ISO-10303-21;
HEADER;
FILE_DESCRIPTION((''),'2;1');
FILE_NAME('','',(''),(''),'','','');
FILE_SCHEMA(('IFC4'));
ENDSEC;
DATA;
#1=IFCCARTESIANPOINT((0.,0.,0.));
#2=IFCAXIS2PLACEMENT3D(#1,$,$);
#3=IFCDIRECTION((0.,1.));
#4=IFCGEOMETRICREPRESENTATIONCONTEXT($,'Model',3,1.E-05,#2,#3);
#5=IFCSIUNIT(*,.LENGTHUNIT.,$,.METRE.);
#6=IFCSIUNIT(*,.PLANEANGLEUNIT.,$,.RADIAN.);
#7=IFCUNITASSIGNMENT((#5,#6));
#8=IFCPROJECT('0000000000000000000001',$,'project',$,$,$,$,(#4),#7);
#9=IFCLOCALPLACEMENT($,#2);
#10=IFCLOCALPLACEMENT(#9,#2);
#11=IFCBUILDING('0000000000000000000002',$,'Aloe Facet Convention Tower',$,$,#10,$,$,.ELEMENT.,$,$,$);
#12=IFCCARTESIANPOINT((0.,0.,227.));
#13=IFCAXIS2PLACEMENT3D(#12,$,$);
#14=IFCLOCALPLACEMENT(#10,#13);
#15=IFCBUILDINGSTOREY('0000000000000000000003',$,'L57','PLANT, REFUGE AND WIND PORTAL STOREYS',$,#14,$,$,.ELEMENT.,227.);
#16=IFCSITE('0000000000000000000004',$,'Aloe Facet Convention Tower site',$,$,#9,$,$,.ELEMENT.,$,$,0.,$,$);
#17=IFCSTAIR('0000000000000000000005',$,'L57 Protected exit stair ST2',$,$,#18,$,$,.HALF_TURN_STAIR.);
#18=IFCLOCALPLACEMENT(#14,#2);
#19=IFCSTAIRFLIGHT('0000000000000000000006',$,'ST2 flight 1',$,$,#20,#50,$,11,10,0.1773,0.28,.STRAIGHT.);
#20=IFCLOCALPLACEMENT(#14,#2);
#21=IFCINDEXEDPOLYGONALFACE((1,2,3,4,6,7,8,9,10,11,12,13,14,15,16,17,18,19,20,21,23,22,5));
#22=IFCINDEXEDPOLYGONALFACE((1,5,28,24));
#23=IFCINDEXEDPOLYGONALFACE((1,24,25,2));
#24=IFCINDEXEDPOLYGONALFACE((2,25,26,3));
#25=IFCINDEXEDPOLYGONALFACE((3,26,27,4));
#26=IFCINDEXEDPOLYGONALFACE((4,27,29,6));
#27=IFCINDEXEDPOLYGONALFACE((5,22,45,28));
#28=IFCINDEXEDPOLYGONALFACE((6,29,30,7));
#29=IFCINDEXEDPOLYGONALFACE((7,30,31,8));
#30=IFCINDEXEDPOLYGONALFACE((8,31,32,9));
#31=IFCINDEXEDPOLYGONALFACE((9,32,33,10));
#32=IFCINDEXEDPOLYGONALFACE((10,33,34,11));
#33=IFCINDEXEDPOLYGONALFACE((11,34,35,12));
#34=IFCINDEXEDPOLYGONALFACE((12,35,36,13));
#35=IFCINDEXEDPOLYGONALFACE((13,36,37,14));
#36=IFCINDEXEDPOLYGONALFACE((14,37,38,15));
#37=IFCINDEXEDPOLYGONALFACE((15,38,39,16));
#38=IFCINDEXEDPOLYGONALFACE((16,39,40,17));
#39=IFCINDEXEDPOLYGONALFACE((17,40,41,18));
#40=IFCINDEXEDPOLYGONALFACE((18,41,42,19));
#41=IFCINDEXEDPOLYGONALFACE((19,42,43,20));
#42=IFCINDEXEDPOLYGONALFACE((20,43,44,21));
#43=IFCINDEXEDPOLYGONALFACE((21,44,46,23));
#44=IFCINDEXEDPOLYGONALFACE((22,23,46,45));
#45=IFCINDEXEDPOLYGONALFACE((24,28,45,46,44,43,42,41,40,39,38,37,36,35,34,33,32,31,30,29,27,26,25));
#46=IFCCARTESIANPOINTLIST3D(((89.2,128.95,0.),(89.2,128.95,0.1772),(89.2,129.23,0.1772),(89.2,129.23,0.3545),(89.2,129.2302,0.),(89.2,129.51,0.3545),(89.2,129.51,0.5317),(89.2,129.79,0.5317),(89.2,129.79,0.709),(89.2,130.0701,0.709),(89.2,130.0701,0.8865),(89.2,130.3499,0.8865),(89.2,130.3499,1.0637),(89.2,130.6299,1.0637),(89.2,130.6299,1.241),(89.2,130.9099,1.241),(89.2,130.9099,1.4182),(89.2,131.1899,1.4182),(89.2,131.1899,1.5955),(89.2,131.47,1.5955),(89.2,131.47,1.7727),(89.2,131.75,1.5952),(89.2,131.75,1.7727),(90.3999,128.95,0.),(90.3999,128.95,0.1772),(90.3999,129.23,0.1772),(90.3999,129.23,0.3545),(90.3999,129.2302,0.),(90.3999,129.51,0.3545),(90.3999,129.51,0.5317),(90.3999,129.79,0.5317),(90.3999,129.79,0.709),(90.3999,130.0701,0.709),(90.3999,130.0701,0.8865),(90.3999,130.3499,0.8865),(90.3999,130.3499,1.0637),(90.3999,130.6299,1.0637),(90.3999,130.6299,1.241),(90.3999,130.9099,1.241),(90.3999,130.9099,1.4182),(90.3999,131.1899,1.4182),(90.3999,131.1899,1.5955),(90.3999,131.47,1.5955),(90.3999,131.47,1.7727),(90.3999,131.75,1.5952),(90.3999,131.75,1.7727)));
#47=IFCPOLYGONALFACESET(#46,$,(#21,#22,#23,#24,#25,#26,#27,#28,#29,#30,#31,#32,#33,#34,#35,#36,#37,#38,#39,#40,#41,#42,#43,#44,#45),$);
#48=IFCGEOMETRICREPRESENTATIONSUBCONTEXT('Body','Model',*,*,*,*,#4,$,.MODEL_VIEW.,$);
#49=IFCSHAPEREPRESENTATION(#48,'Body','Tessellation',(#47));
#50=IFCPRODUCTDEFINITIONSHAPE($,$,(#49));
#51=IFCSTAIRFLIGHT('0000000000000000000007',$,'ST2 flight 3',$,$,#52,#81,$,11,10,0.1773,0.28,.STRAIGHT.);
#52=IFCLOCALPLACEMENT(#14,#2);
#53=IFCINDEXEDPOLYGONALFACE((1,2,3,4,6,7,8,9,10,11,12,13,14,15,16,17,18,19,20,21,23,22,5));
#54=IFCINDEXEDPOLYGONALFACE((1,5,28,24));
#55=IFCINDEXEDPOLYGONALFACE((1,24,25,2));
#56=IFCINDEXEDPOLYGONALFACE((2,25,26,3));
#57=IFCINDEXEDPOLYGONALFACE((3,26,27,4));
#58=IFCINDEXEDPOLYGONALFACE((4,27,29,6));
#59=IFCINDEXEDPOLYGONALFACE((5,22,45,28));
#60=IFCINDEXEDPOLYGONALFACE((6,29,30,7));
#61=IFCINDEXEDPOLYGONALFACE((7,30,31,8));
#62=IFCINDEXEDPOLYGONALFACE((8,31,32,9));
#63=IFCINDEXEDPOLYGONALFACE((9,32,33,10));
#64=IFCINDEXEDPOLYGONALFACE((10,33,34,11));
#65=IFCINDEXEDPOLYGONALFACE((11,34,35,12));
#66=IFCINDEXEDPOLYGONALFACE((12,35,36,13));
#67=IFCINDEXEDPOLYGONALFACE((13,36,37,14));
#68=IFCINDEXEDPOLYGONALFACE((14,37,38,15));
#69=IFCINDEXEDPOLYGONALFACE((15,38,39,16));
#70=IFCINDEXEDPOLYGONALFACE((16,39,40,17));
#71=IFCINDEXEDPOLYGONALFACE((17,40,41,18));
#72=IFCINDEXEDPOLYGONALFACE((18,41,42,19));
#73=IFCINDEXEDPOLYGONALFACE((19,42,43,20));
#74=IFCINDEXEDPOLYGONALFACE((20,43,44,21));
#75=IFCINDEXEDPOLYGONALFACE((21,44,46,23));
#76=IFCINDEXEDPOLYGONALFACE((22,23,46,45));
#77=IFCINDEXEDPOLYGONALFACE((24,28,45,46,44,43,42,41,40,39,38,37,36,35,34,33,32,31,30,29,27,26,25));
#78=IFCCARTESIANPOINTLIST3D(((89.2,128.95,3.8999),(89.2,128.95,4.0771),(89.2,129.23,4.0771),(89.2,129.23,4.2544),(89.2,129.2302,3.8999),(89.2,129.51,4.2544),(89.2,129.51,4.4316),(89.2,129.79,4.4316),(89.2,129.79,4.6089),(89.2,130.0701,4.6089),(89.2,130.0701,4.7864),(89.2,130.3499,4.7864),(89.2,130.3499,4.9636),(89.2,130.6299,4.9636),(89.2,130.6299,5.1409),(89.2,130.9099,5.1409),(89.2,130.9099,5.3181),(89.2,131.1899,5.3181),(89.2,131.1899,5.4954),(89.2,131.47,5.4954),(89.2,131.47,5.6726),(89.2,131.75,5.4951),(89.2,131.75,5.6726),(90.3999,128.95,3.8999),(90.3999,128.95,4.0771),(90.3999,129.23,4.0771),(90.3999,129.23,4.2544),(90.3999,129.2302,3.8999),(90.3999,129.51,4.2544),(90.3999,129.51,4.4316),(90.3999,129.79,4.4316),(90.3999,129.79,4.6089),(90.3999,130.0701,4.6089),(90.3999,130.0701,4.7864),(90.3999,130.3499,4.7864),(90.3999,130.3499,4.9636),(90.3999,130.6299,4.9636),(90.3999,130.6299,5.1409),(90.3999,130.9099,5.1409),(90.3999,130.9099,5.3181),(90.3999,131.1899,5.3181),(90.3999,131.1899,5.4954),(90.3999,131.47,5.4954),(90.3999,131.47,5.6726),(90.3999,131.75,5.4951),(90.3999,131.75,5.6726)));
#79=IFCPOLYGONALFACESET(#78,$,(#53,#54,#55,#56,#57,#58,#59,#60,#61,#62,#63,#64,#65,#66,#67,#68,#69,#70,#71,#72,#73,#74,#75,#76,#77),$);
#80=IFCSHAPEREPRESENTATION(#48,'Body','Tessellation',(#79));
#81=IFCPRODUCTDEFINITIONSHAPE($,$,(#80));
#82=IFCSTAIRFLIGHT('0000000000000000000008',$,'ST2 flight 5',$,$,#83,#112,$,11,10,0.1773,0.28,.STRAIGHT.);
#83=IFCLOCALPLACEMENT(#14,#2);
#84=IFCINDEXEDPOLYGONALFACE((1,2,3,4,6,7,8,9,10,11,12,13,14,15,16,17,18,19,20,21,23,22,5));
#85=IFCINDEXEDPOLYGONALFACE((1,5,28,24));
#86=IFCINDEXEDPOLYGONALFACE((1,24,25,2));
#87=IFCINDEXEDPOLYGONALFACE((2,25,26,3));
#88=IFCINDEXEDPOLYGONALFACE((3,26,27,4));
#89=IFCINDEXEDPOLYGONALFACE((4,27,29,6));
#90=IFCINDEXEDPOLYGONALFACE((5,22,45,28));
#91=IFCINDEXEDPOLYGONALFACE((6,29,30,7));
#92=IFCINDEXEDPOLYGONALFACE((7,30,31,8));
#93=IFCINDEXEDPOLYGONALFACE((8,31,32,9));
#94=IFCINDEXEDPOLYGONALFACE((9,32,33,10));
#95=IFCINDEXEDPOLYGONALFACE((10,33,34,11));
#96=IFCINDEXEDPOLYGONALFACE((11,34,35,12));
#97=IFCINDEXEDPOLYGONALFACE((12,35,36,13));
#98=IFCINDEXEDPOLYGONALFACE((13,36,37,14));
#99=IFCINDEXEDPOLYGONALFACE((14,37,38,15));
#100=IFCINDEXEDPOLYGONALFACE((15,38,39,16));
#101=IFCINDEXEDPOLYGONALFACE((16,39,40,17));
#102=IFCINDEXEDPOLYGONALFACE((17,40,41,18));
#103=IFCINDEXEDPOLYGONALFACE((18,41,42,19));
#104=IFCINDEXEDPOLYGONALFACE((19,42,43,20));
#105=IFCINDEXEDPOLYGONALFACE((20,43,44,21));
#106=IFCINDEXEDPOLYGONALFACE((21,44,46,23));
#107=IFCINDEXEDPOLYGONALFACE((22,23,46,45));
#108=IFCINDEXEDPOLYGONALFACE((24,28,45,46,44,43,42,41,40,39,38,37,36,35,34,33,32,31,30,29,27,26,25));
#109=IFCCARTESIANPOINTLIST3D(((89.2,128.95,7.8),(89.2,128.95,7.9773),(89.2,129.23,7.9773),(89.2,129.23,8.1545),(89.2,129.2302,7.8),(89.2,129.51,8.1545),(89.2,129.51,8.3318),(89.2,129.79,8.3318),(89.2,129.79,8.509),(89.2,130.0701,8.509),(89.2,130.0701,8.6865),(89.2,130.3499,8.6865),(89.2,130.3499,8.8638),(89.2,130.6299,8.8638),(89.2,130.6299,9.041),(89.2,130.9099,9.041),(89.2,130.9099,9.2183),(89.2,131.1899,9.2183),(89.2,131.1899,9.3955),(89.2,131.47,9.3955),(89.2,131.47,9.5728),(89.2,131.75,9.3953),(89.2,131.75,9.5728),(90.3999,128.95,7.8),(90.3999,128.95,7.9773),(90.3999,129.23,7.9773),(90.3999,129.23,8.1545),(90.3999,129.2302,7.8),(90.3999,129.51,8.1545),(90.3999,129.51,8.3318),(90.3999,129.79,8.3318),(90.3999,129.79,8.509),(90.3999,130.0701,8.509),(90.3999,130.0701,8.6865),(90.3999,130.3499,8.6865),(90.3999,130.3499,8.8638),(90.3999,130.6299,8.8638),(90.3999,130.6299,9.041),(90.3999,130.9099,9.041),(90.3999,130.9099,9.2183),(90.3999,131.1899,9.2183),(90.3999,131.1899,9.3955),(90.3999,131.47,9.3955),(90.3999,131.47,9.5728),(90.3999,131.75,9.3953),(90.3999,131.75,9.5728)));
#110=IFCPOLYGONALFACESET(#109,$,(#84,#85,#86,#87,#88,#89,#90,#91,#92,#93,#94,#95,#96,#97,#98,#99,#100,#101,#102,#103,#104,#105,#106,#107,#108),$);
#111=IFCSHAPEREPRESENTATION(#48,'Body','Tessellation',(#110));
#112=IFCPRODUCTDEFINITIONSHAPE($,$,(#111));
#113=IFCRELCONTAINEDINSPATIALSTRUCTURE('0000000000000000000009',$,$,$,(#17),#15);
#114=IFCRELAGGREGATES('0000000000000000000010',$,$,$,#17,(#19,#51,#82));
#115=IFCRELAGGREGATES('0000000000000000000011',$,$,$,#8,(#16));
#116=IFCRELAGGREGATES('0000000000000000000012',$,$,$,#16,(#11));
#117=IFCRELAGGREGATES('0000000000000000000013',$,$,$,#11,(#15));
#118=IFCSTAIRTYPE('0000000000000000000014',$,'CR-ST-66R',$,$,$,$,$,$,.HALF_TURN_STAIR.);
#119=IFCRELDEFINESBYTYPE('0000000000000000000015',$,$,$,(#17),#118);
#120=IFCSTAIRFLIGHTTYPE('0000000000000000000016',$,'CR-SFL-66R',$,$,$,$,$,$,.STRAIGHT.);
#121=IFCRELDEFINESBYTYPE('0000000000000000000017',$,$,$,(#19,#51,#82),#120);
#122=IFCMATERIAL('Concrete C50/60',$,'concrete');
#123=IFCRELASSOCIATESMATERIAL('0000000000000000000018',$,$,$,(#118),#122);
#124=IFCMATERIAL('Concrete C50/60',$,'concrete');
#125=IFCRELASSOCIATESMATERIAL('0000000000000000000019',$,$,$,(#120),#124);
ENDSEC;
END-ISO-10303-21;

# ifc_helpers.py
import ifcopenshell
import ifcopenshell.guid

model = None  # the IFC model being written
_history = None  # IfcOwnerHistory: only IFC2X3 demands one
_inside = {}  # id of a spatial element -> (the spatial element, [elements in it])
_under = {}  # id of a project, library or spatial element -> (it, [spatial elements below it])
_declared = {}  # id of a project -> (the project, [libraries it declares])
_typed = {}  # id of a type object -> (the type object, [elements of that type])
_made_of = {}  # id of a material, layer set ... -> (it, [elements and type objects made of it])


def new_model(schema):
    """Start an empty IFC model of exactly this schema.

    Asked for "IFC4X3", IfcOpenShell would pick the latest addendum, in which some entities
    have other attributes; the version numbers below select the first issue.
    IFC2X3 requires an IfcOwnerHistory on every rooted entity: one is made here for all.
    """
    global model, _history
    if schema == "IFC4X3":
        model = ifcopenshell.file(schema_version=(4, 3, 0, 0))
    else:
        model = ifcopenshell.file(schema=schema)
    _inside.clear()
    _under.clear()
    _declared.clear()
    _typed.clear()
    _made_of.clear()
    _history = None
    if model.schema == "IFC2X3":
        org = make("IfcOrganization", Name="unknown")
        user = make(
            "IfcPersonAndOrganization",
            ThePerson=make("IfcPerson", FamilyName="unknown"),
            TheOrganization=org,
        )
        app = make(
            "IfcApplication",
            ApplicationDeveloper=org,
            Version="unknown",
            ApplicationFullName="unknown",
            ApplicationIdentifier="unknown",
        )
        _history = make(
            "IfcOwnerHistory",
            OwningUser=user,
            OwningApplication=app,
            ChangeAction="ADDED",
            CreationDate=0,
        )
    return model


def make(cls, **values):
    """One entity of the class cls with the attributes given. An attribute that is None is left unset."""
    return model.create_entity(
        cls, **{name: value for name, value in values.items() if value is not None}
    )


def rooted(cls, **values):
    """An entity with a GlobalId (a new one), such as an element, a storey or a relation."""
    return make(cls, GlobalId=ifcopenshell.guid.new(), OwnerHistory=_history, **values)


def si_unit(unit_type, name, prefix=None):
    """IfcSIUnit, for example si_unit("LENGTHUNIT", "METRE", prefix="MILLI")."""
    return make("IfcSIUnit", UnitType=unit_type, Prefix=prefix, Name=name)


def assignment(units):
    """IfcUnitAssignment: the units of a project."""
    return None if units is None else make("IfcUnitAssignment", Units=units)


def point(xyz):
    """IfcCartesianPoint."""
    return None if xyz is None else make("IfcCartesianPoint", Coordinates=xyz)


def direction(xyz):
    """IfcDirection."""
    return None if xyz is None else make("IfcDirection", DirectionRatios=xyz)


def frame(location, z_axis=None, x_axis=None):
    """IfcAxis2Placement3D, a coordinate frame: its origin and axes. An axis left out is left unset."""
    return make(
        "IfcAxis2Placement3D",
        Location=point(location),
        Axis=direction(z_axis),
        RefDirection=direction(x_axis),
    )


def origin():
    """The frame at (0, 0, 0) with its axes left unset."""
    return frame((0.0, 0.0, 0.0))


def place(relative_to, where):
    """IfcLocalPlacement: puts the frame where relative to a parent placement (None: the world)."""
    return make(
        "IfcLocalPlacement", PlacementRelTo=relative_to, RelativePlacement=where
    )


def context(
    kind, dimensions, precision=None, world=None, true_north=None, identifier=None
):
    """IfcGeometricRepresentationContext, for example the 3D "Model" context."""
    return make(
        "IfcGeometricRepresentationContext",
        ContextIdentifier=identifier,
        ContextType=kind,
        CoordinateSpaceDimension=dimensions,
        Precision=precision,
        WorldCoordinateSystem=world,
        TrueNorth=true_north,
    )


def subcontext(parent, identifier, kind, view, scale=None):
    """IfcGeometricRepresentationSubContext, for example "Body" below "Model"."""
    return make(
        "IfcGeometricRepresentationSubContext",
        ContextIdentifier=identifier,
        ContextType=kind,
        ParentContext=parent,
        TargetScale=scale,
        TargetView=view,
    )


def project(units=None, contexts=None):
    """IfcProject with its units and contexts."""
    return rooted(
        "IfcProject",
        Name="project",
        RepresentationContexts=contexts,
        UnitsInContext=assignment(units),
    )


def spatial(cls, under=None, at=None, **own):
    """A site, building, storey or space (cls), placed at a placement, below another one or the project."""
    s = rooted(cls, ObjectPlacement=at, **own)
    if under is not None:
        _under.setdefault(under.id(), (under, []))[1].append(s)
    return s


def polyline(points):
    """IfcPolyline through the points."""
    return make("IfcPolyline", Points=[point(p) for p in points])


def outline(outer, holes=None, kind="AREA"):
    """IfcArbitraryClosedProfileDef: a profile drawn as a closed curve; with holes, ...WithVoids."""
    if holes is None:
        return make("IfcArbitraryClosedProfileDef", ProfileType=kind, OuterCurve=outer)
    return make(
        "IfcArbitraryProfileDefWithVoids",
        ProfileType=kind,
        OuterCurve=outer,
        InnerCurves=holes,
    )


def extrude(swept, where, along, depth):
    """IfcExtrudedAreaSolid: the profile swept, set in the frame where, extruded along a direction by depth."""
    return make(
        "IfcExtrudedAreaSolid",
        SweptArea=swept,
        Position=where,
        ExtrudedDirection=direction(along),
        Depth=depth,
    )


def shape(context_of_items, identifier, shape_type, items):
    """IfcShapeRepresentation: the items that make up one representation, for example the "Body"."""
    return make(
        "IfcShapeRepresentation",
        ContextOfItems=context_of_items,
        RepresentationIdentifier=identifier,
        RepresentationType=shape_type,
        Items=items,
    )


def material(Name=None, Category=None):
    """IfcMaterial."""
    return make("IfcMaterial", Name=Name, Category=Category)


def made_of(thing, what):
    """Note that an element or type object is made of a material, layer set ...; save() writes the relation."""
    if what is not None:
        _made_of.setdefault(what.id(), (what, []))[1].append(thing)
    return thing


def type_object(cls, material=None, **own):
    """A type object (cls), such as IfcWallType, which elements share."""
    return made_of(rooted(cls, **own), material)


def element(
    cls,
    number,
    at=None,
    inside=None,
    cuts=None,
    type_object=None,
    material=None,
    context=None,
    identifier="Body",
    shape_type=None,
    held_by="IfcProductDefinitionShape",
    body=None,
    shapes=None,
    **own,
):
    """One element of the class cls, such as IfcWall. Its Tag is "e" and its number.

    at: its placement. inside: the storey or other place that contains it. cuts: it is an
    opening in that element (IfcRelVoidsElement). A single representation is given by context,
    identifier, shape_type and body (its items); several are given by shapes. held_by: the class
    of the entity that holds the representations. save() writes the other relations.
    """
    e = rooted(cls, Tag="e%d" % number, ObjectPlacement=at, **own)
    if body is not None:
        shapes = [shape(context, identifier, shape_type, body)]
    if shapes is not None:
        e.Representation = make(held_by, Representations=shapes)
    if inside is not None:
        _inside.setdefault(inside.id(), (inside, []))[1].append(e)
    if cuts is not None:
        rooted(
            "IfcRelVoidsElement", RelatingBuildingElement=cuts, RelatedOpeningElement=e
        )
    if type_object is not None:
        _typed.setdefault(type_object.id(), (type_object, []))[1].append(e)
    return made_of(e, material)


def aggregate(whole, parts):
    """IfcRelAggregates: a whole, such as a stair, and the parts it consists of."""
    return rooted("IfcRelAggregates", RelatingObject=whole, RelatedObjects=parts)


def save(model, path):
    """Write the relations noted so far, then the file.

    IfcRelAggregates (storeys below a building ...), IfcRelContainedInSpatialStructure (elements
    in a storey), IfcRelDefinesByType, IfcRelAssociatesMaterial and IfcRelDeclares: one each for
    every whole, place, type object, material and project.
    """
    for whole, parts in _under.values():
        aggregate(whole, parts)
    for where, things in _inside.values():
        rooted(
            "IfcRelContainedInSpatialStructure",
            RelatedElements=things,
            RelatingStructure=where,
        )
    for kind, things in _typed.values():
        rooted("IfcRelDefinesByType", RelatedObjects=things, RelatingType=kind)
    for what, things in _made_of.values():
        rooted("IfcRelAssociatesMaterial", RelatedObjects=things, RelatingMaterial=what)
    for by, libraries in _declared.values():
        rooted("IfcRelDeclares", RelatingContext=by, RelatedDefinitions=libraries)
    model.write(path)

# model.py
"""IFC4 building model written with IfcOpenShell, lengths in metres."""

from ifc_helpers import new_model, si_unit, direction, frame, origin, place, context, subcontext, project, spatial, polyline, outline, extrude, material, type_object, element, aggregate, save


model = new_model("IFC4")

# Units and contexts
model_context = context("Model", 3, precision=1e-05, world=origin(), true_north=direction((0.0, 1.0)))
body_context = subcontext(model_context, "Body", "Model", "MODEL_VIEW")
ifc_project = project(units=[si_unit("LENGTHUNIT", "METRE"), si_unit("PLANEANGLEUNIT", "RADIAN")], contexts=[model_context])

# Site, building, storey
site_placement = place(None, origin())
site = spatial("IfcSite", under=ifc_project, at=site_placement, Name="Aloe Facet Convention Tower site", CompositionType="ELEMENT", RefElevation=0.0)
building_placement = place(site_placement, origin())
building = spatial("IfcBuilding", under=site, at=building_placement, Name="Aloe Facet Convention Tower", CompositionType="ELEMENT")
storey_placement = place(building_placement, frame((0.0, 0.0, 227.0)))
storey = spatial("IfcBuildingStorey", under=building, at=storey_placement, Name="L57", Description="PLANT, REFUGE AND WIND PORTAL STOREYS", CompositionType="ELEMENT", Elevation=227.0)

# Stair, stair flights
ifc_material_1 = material(Name="Concrete C50/60", Category="concrete")
stair_type = type_object("IfcStairType", Name="CR-ST-66R", PredefinedType="HALF_TURN_STAIR", material=ifc_material_1)
stair_placement = place(storey_placement, origin())
stair = element("IfcStair", 1, at=stair_placement, inside=storey, type_object=stair_type, Name="L57 Protected exit stair ST2", PredefinedType="HALF_TURN_STAIR")
ifc_material_2 = material(Name="Concrete C50/60", Category="concrete")
stair_flight_type = type_object("IfcStairFlightType", Name="CR-SFL-66R", PredefinedType="STRAIGHT", material=ifc_material_2)
stair_flight_1_placement = place(storey_placement, frame((89.8, 128.95, 0.0), z_axis=(0.0, 0.0, 1.0), x_axis=(0.0, 1.0, 0.0)))
stair_flight_1 = element("IfcStairFlight", 2, at=stair_flight_1_placement, type_object=stair_flight_type, Name="ST2 flight 1", NumberOfRisers=11, NumberOfTreads=10, PredefinedType="STRAIGHT", RiserHeight=0.1773, TreadLength=0.28, context=body_context, shape_type="SweptSolid", body=[
    extrude(outline(polyline([(0.0, 0.0), (0.0, 0.1772), (0.28, 0.1772), (0.28, 0.3545), (0.5601, 0.3545), (0.5601, 0.5317), (0.8401, 0.5317), (0.8401, 0.709), (1.1201, 0.709), (1.1201, 0.8865), (1.3999, 0.8865), (1.3999, 1.0637), (1.6799, 1.0637), (1.6799, 1.241), (1.96, 1.241), (1.96, 1.4182), (2.24, 1.4182), (2.24, 1.5955), (2.52, 1.5955), (2.52, 1.7727), (2.8, 1.7727), (2.8, 1.95), (2.8, 1.5952), (0.2803, 0.0), (0.0, 0.0)])), frame((0.0, 0.6001, 0.0), z_axis=(0.0, -1.0, 0.0), x_axis=(1.0, 0.0, 0.0)), (0.0, 0.0, 1.0), 1.2),
])
stair_flight_2_placement = place(storey_placement, frame((89.8, 128.95, 3.8999), z_axis=(0.0, 0.0, 1.0), x_axis=(0.0, 1.0, 0.0)))
stair_flight_2 = element("IfcStairFlight", 3, at=stair_flight_2_placement, type_object=stair_flight_type, Name="ST2 flight 3", NumberOfRisers=11, NumberOfTreads=10, PredefinedType="STRAIGHT", RiserHeight=0.1773, TreadLength=0.28, context=body_context, shape_type="SweptSolid", body=[
    extrude(outline(polyline([(0.0, 0.0), (0.0, 0.1772), (0.28, 0.1772), (0.28, 0.3545), (0.5601, 0.3545), (0.5601, 0.5317), (0.8401, 0.5317), (0.8401, 0.709), (1.1201, 0.709), (1.1201, 0.8865), (1.3999, 0.8865), (1.3999, 1.0637), (1.6799, 1.0637), (1.6799, 1.241), (1.96, 1.241), (1.96, 1.4182), (2.24, 1.4182), (2.24, 1.5955), (2.52, 1.5955), (2.52, 1.7727), (2.8, 1.7727), (2.8, 1.95), (2.8, 1.5952), (0.2803, 0.0), (0.0, 0.0)])), frame((0.0, 0.6001, 0.0), z_axis=(0.0, -1.0, 0.0), x_axis=(1.0, 0.0, 0.0)), (0.0, 0.0, 1.0), 1.2),
])
stair_flight_3_placement = place(storey_placement, frame((89.8, 128.95, 7.8), z_axis=(0.0, 0.0, 1.0), x_axis=(0.0, 1.0, 0.0)))
stair_flight_3 = element("IfcStairFlight", 4, at=stair_flight_3_placement, type_object=stair_flight_type, Name="ST2 flight 5", NumberOfRisers=11, NumberOfTreads=10, PredefinedType="STRAIGHT", RiserHeight=0.1773, TreadLength=0.28, context=body_context, shape_type="SweptSolid", body=[
    extrude(outline(polyline([(0.0, 0.0), (0.0, 0.1772), (0.28, 0.1772), (0.28, 0.3545), (0.5601, 0.3545), (0.5601, 0.5317), (0.8401, 0.5317), (0.8401, 0.709), (1.1201, 0.709), (1.1201, 0.8865), (1.3999, 0.8865), (1.3999, 1.0637), (1.6799, 1.0637), (1.6799, 1.241), (1.96, 1.241), (1.96, 1.4182), (2.24, 1.4182), (2.24, 1.5955), (2.52, 1.5955), (2.52, 1.7727), (2.8, 1.7727), (2.8, 1.95), (2.8, 1.5952), (0.2803, 0.0), (0.0, 0.0)])), frame((0.0, 0.6001, 0.0), z_axis=(0.0, -1.0, 0.0), x_axis=(1.0, 0.0, 0.0)), (0.0, 0.0, 1.0), 1.2),
])
aggregate(stair, [stair_flight_1, stair_flight_2, stair_flight_3])

save(model, "model.ifc")
